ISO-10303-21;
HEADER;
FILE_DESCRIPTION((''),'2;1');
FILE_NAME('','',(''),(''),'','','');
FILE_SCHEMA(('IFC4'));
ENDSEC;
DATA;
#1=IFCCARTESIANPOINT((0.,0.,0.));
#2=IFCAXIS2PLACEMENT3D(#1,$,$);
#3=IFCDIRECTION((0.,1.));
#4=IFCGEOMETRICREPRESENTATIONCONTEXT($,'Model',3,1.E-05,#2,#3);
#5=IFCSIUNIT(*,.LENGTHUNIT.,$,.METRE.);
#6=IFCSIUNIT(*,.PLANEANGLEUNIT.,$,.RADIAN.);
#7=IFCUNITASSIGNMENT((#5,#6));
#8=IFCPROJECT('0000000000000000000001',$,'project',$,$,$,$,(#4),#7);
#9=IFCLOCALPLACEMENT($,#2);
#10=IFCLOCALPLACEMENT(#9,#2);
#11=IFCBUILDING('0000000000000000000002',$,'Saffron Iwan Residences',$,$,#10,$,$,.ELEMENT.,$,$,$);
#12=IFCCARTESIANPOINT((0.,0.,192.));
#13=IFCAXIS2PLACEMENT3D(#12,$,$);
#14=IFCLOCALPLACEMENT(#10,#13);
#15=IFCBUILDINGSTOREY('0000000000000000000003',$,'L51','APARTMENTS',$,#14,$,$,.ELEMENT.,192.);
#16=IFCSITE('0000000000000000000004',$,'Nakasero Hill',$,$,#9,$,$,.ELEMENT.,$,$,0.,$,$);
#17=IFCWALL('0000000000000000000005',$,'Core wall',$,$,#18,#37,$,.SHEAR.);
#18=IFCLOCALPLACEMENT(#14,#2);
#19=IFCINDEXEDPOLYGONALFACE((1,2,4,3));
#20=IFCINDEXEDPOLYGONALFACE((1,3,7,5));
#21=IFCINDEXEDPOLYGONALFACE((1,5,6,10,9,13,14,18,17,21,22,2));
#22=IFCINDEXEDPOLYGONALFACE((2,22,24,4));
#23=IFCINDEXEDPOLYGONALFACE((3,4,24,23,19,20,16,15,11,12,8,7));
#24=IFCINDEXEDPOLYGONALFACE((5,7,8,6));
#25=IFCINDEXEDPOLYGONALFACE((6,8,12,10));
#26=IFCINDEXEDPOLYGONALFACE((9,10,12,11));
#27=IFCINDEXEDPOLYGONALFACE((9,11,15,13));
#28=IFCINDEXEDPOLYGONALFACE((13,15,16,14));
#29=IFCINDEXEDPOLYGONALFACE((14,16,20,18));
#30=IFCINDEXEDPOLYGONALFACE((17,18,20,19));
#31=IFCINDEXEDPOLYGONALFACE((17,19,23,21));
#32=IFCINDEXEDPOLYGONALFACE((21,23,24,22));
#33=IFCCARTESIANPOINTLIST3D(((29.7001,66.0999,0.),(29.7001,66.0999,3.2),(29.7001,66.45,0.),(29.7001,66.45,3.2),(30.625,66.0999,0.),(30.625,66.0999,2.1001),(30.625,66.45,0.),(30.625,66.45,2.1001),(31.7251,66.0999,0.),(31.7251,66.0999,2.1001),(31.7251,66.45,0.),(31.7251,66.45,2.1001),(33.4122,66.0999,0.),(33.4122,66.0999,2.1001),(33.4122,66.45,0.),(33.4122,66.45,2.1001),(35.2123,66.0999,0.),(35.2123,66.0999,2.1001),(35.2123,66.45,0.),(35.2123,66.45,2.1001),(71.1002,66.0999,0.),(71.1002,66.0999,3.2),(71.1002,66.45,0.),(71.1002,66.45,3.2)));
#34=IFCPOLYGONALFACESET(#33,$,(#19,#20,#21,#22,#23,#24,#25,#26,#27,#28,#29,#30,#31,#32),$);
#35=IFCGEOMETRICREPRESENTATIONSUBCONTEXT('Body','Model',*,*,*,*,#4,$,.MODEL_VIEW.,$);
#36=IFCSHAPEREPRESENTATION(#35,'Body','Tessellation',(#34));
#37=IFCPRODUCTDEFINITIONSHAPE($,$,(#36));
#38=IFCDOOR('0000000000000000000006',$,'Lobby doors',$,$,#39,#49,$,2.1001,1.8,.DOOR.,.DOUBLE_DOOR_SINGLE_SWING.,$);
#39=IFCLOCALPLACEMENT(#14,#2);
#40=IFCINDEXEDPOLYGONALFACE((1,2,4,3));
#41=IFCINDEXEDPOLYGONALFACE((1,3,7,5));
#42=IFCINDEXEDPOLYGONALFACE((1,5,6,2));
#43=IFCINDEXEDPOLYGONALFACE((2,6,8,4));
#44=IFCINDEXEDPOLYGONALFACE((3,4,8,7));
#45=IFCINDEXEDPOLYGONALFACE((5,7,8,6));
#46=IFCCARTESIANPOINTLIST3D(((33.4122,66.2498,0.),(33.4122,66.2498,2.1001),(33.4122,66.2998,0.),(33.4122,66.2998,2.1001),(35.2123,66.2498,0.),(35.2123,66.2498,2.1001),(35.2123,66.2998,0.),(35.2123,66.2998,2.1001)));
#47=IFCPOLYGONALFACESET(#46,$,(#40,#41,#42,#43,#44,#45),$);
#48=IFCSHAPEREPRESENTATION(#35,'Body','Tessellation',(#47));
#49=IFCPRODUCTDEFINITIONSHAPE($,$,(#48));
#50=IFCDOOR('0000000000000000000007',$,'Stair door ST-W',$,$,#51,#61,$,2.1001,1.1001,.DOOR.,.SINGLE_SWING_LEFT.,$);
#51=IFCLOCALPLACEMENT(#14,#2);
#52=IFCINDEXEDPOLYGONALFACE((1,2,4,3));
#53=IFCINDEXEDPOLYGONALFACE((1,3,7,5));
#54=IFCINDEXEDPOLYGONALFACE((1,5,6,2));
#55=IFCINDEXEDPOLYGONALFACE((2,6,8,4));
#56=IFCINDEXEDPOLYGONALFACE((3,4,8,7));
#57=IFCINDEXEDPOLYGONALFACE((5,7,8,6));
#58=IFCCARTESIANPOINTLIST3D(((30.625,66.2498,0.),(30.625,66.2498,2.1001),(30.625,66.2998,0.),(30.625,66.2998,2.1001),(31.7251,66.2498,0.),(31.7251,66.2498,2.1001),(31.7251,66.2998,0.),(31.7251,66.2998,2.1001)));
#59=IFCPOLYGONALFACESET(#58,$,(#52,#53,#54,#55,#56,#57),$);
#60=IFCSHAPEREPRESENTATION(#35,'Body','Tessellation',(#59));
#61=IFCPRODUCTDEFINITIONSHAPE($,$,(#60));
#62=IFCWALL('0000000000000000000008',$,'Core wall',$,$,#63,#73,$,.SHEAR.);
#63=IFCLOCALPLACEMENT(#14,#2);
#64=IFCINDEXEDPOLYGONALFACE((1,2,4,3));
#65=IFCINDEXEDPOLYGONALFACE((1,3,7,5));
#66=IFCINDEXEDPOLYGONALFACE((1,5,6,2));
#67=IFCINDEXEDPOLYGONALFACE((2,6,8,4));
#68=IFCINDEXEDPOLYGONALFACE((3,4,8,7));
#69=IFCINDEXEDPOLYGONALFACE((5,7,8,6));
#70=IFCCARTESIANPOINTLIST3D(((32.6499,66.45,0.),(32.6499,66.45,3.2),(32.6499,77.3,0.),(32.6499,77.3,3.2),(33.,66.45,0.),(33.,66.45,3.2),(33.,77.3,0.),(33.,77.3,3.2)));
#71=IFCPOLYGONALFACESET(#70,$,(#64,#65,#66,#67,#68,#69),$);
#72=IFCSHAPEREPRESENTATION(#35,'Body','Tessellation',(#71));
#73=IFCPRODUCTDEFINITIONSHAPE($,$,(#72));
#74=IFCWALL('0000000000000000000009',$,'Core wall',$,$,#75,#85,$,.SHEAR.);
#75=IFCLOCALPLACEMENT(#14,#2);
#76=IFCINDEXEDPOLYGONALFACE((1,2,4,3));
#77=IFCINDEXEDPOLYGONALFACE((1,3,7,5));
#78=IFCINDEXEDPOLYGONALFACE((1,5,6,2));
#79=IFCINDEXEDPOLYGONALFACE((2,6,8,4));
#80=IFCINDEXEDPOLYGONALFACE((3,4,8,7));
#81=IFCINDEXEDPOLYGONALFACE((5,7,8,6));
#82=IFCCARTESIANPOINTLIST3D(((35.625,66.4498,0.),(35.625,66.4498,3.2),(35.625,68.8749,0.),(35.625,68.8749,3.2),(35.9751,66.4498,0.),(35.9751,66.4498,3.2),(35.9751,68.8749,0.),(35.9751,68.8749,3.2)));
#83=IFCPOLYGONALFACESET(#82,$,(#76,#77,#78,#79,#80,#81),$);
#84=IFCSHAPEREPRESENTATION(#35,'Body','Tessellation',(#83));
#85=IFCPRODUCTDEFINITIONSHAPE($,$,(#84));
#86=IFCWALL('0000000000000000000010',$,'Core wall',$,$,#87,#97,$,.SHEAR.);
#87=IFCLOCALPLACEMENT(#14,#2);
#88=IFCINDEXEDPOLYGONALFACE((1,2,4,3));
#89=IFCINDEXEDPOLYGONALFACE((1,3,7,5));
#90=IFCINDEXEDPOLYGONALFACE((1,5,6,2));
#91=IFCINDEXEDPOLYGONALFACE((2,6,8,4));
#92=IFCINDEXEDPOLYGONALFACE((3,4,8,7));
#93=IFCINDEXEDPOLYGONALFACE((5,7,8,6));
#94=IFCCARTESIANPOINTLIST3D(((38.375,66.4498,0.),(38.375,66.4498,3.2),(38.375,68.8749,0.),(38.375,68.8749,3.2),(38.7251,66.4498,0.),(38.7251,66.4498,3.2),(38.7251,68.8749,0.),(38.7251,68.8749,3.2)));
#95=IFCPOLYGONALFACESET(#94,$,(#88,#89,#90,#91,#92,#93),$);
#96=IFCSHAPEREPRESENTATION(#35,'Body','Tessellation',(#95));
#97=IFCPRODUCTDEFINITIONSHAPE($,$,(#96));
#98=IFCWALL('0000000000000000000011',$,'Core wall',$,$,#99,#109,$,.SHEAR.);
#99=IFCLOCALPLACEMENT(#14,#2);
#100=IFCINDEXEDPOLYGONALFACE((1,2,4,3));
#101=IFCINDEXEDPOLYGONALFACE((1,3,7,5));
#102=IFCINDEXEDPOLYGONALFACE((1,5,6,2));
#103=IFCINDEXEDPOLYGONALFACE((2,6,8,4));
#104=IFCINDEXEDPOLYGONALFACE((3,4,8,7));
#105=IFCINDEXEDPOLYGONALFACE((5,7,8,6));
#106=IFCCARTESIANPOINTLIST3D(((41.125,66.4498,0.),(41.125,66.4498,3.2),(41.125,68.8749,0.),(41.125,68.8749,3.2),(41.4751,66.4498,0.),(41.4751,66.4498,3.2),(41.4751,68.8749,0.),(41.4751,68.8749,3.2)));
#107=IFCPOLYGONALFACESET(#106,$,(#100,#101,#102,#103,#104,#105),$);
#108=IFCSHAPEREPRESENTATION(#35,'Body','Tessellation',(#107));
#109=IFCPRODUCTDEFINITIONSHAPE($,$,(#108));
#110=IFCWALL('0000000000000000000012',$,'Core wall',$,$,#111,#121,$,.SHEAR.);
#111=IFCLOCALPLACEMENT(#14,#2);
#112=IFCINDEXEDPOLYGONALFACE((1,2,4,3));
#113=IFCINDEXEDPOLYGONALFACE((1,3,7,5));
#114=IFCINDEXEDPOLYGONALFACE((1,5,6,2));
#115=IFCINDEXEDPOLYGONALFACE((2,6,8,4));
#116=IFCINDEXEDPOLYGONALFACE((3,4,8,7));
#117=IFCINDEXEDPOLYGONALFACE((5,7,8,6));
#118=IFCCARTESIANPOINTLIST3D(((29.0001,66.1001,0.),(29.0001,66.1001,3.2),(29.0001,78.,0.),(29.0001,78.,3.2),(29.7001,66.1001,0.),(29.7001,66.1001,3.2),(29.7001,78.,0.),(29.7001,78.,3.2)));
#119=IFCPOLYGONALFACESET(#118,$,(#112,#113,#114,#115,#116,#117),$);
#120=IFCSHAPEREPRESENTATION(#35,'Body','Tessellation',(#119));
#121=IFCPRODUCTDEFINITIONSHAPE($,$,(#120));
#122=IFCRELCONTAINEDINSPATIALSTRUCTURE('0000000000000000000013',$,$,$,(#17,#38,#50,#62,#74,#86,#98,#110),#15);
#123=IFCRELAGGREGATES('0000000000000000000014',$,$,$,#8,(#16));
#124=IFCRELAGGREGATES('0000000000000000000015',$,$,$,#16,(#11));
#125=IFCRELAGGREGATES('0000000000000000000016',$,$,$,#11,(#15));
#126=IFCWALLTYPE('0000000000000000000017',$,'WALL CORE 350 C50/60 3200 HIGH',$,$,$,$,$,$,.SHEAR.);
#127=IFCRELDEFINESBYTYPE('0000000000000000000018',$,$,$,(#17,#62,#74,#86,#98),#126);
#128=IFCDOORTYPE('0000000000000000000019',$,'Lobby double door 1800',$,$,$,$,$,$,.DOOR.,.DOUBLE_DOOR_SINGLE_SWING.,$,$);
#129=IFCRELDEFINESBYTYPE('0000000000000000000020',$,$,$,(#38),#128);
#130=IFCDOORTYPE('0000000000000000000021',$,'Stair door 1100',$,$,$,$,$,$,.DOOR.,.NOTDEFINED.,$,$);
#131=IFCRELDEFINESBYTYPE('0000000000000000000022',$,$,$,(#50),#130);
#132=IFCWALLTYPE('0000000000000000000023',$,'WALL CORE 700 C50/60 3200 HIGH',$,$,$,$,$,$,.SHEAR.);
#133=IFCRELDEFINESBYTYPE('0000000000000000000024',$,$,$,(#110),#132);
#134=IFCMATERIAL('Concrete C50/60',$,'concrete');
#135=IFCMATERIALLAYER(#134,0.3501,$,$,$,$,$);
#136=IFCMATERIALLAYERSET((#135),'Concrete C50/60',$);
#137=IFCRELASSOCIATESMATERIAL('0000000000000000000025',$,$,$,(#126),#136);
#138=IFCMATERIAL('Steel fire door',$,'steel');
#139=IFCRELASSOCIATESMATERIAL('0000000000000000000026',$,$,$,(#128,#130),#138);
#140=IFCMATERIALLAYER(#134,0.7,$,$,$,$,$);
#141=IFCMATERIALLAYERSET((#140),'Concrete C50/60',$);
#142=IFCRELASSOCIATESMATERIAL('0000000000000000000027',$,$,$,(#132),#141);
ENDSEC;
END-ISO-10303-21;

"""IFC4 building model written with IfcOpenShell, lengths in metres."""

from ifc_helpers import new_model, si_unit, direction, frame, frame_2d, origin, place, context, subcontext, project, spatial, rectangle, extrude, material, layer, layer_set, type_object, element, fill, save


model = new_model("IFC4")

# Units and contexts
model_context = context("Model", 3, precision=1e-05, world=origin(), true_north=direction((0.0, 1.0)))
body_context = subcontext(model_context, "Body", "Model", "MODEL_VIEW")
ifc_project = project(units=[si_unit("LENGTHUNIT", "METRE"), si_unit("PLANEANGLEUNIT", "RADIAN")], contexts=[model_context])

# Site, building, storey
site_placement = place(None, origin())
site = spatial("IfcSite", under=ifc_project, at=site_placement, Name="Nakasero Hill", CompositionType="ELEMENT", RefElevation=0.0)
building_placement = place(site_placement, origin())
building = spatial("IfcBuilding", under=site, at=building_placement, Name="Saffron Iwan Residences", CompositionType="ELEMENT")
storey_placement = place(building_placement, frame((0.0, 0.0, 192.0)))
storey = spatial("IfcBuildingStorey", under=building, at=storey_placement, Name="L51", Description="APARTMENTS", CompositionType="ELEMENT", Elevation=192.0)

# Shared definitions
ifc_material_1 = material(Name="Concrete C50/60", Category="concrete")

# Wall, openings, doors
ifc_layer_1 = layer(ifc_material_1, 0.3501)
ifc_layer_set_1 = layer_set([ifc_layer_1], Name="Concrete C50/60")
wall_type_1 = type_object("IfcWallType", Name="WALL CORE 350 C50/60 3200 HIGH", PredefinedType="SHEAR", material=ifc_layer_set_1)
wall_1_placement = place(storey_placement, frame((29.7, 66.2749, 0.0), z_axis=(0.0, 0.0, 1.0), x_axis=(1.0, 0.0, 0.0)))
wall_1 = element("IfcWall", 1, at=wall_1_placement, inside=storey, type_object=wall_type_1, Name="Core wall", PredefinedType="SHEAR", context=body_context, shape_type="SweptSolid", body=[
    extrude(rectangle(XDim=41.4001, YDim=0.3501, at=frame_2d((20.7002, 0.0))), origin(), (0.0, 0.0, 1.0), 3.2),
])
opening_1_placement = place(wall_1_placement, frame((0.925, 0.0, 0.0)))
opening_1 = element("IfcOpeningElement", 2, at=opening_1_placement, cuts=wall_1, PredefinedType="OPENING", context=body_context, shape_type="SweptSolid", body=[
    extrude(rectangle(XDim=1.1001, YDim=2.1001, at=frame_2d((0.55, 1.05))), frame((0.0, 0.1851, 0.0), z_axis=(0.0, -1.0, 0.0), x_axis=(1.0, 0.0, 0.0)), (0.0, 0.0, 1.0), 0.3701),
])
opening_2_placement = place(wall_1_placement, frame((3.7124, 0.0, 0.0)))
opening_2 = element("IfcOpeningElement", 3, at=opening_2_placement, cuts=wall_1, PredefinedType="OPENING", context=body_context, shape_type="SweptSolid", body=[
    extrude(rectangle(XDim=1.8, YDim=2.1001, at=frame_2d((0.8999, 1.05))), frame((0.0, 0.1851, 0.0), z_axis=(0.0, -1.0, 0.0), x_axis=(1.0, 0.0, 0.0)), (0.0, 0.0, 1.0), 0.3701),
])
ifc_material_2 = material(Name="Steel fire door", Category="steel")
door_type_1 = type_object("IfcDoorType", Name="Lobby double door 1800", OperationType="DOUBLE_DOOR_SINGLE_SWING", PredefinedType="DOOR", material=ifc_material_2)
door_1_placement = place(opening_2_placement, origin())
door_1 = element("IfcDoor", 4, at=door_1_placement, inside=storey, type_object=door_type_1, Name="Lobby doors", OperationType="DOUBLE_DOOR_SINGLE_SWING", OverallHeight=2.1001, OverallWidth=1.8, PredefinedType="DOOR", context=body_context, shape_type="SweptSolid", body=[
    extrude(rectangle(XDim=1.8, YDim=2.1001, at=frame_2d((0.8999, 1.05))), frame((0.0, 0.0249, 0.0), z_axis=(0.0, -1.0, 0.0), x_axis=(1.0, 0.0, 0.0)), (0.0, 0.0, 1.0), 0.05),
])
fill(opening_2, door_1)
door_type_2 = type_object("IfcDoorType", Name="Stair door 1100", OperationType="NOTDEFINED", PredefinedType="DOOR", material=ifc_material_2)
door_2_placement = place(opening_1_placement, origin())
door_2 = element("IfcDoor", 5, at=door_2_placement, inside=storey, type_object=door_type_2, Name="Stair door ST-W", OperationType="SINGLE_SWING_LEFT", OverallHeight=2.1001, OverallWidth=1.1001, PredefinedType="DOOR", context=body_context, shape_type="SweptSolid", body=[
    extrude(rectangle(XDim=1.1001, YDim=2.1001, at=frame_2d((0.55, 1.05))), frame((0.0, 0.0249, 0.0), z_axis=(0.0, -1.0, 0.0), x_axis=(1.0, 0.0, 0.0)), (0.0, 0.0, 1.0), 0.05),
])
fill(opening_1, door_2)

# Walls
wall_2_placement = place(storey_placement, frame((32.825, 66.45, 0.0), z_axis=(0.0, 0.0, 1.0), x_axis=(0.0, 1.0, 0.0)))
element("IfcWall", 6, at=wall_2_placement, inside=storey, type_object=wall_type_1, Name="Core wall", PredefinedType="SHEAR", context=body_context, shape_type="SweptSolid", body=[
    extrude(rectangle(XDim=10.8501, YDim=0.3501, at=frame_2d((5.425, 0.0))), origin(), (0.0, 0.0, 1.0), 3.2),
])
for number, where, z_axis, x_axis, name in (
    (7, (35.8, 66.45, 0.0), (0.0, 0.0, 1.0), (0.0, 1.0, 0.0), "Core wall"),
    (8, (38.55, 66.45, 0.0), (0.0, 0.0, 1.0), (0.0, 1.0, 0.0), "Core wall"),
    (9, (41.3, 66.45, 0.0), (0.0, 0.0, 1.0), (0.0, 1.0, 0.0), "Core wall"),
):
    element("IfcWall", number, at=place(storey_placement, frame(where, z_axis=z_axis, x_axis=x_axis)), inside=storey, type_object=wall_type_1, Name=name, PredefinedType="SHEAR", context=body_context, shape_type="SweptSolid", body=[
        extrude(rectangle(XDim=2.425, YDim=0.3501, at=frame_2d((1.2124, 0.0))), origin(), (0.0, 0.0, 1.0), 3.2),
    ])
ifc_layer_2 = layer(ifc_material_1, 0.7)
ifc_layer_set_2 = layer_set([ifc_layer_2], Name="Concrete C50/60")
wall_type_2 = type_object("IfcWallType", Name="WALL CORE 700 C50/60 3200 HIGH", PredefinedType="SHEAR", material=ifc_layer_set_2)
wall_3_placement = place(storey_placement, frame((29.3501, 66.1001, 0.0), z_axis=(0.0, 0.0, 1.0), x_axis=(0.0, 1.0, 0.0)))
element("IfcWall", 10, at=wall_3_placement, inside=storey, type_object=wall_type_2, Name="Core wall", PredefinedType="SHEAR", context=body_context, shape_type="SweptSolid", body=[
    extrude(rectangle(XDim=11.8999, YDim=0.7, at=frame_2d((5.95, 0.0))), origin(), (0.0, 0.0, 1.0), 3.2),
])

save(model, "model.ifc")
